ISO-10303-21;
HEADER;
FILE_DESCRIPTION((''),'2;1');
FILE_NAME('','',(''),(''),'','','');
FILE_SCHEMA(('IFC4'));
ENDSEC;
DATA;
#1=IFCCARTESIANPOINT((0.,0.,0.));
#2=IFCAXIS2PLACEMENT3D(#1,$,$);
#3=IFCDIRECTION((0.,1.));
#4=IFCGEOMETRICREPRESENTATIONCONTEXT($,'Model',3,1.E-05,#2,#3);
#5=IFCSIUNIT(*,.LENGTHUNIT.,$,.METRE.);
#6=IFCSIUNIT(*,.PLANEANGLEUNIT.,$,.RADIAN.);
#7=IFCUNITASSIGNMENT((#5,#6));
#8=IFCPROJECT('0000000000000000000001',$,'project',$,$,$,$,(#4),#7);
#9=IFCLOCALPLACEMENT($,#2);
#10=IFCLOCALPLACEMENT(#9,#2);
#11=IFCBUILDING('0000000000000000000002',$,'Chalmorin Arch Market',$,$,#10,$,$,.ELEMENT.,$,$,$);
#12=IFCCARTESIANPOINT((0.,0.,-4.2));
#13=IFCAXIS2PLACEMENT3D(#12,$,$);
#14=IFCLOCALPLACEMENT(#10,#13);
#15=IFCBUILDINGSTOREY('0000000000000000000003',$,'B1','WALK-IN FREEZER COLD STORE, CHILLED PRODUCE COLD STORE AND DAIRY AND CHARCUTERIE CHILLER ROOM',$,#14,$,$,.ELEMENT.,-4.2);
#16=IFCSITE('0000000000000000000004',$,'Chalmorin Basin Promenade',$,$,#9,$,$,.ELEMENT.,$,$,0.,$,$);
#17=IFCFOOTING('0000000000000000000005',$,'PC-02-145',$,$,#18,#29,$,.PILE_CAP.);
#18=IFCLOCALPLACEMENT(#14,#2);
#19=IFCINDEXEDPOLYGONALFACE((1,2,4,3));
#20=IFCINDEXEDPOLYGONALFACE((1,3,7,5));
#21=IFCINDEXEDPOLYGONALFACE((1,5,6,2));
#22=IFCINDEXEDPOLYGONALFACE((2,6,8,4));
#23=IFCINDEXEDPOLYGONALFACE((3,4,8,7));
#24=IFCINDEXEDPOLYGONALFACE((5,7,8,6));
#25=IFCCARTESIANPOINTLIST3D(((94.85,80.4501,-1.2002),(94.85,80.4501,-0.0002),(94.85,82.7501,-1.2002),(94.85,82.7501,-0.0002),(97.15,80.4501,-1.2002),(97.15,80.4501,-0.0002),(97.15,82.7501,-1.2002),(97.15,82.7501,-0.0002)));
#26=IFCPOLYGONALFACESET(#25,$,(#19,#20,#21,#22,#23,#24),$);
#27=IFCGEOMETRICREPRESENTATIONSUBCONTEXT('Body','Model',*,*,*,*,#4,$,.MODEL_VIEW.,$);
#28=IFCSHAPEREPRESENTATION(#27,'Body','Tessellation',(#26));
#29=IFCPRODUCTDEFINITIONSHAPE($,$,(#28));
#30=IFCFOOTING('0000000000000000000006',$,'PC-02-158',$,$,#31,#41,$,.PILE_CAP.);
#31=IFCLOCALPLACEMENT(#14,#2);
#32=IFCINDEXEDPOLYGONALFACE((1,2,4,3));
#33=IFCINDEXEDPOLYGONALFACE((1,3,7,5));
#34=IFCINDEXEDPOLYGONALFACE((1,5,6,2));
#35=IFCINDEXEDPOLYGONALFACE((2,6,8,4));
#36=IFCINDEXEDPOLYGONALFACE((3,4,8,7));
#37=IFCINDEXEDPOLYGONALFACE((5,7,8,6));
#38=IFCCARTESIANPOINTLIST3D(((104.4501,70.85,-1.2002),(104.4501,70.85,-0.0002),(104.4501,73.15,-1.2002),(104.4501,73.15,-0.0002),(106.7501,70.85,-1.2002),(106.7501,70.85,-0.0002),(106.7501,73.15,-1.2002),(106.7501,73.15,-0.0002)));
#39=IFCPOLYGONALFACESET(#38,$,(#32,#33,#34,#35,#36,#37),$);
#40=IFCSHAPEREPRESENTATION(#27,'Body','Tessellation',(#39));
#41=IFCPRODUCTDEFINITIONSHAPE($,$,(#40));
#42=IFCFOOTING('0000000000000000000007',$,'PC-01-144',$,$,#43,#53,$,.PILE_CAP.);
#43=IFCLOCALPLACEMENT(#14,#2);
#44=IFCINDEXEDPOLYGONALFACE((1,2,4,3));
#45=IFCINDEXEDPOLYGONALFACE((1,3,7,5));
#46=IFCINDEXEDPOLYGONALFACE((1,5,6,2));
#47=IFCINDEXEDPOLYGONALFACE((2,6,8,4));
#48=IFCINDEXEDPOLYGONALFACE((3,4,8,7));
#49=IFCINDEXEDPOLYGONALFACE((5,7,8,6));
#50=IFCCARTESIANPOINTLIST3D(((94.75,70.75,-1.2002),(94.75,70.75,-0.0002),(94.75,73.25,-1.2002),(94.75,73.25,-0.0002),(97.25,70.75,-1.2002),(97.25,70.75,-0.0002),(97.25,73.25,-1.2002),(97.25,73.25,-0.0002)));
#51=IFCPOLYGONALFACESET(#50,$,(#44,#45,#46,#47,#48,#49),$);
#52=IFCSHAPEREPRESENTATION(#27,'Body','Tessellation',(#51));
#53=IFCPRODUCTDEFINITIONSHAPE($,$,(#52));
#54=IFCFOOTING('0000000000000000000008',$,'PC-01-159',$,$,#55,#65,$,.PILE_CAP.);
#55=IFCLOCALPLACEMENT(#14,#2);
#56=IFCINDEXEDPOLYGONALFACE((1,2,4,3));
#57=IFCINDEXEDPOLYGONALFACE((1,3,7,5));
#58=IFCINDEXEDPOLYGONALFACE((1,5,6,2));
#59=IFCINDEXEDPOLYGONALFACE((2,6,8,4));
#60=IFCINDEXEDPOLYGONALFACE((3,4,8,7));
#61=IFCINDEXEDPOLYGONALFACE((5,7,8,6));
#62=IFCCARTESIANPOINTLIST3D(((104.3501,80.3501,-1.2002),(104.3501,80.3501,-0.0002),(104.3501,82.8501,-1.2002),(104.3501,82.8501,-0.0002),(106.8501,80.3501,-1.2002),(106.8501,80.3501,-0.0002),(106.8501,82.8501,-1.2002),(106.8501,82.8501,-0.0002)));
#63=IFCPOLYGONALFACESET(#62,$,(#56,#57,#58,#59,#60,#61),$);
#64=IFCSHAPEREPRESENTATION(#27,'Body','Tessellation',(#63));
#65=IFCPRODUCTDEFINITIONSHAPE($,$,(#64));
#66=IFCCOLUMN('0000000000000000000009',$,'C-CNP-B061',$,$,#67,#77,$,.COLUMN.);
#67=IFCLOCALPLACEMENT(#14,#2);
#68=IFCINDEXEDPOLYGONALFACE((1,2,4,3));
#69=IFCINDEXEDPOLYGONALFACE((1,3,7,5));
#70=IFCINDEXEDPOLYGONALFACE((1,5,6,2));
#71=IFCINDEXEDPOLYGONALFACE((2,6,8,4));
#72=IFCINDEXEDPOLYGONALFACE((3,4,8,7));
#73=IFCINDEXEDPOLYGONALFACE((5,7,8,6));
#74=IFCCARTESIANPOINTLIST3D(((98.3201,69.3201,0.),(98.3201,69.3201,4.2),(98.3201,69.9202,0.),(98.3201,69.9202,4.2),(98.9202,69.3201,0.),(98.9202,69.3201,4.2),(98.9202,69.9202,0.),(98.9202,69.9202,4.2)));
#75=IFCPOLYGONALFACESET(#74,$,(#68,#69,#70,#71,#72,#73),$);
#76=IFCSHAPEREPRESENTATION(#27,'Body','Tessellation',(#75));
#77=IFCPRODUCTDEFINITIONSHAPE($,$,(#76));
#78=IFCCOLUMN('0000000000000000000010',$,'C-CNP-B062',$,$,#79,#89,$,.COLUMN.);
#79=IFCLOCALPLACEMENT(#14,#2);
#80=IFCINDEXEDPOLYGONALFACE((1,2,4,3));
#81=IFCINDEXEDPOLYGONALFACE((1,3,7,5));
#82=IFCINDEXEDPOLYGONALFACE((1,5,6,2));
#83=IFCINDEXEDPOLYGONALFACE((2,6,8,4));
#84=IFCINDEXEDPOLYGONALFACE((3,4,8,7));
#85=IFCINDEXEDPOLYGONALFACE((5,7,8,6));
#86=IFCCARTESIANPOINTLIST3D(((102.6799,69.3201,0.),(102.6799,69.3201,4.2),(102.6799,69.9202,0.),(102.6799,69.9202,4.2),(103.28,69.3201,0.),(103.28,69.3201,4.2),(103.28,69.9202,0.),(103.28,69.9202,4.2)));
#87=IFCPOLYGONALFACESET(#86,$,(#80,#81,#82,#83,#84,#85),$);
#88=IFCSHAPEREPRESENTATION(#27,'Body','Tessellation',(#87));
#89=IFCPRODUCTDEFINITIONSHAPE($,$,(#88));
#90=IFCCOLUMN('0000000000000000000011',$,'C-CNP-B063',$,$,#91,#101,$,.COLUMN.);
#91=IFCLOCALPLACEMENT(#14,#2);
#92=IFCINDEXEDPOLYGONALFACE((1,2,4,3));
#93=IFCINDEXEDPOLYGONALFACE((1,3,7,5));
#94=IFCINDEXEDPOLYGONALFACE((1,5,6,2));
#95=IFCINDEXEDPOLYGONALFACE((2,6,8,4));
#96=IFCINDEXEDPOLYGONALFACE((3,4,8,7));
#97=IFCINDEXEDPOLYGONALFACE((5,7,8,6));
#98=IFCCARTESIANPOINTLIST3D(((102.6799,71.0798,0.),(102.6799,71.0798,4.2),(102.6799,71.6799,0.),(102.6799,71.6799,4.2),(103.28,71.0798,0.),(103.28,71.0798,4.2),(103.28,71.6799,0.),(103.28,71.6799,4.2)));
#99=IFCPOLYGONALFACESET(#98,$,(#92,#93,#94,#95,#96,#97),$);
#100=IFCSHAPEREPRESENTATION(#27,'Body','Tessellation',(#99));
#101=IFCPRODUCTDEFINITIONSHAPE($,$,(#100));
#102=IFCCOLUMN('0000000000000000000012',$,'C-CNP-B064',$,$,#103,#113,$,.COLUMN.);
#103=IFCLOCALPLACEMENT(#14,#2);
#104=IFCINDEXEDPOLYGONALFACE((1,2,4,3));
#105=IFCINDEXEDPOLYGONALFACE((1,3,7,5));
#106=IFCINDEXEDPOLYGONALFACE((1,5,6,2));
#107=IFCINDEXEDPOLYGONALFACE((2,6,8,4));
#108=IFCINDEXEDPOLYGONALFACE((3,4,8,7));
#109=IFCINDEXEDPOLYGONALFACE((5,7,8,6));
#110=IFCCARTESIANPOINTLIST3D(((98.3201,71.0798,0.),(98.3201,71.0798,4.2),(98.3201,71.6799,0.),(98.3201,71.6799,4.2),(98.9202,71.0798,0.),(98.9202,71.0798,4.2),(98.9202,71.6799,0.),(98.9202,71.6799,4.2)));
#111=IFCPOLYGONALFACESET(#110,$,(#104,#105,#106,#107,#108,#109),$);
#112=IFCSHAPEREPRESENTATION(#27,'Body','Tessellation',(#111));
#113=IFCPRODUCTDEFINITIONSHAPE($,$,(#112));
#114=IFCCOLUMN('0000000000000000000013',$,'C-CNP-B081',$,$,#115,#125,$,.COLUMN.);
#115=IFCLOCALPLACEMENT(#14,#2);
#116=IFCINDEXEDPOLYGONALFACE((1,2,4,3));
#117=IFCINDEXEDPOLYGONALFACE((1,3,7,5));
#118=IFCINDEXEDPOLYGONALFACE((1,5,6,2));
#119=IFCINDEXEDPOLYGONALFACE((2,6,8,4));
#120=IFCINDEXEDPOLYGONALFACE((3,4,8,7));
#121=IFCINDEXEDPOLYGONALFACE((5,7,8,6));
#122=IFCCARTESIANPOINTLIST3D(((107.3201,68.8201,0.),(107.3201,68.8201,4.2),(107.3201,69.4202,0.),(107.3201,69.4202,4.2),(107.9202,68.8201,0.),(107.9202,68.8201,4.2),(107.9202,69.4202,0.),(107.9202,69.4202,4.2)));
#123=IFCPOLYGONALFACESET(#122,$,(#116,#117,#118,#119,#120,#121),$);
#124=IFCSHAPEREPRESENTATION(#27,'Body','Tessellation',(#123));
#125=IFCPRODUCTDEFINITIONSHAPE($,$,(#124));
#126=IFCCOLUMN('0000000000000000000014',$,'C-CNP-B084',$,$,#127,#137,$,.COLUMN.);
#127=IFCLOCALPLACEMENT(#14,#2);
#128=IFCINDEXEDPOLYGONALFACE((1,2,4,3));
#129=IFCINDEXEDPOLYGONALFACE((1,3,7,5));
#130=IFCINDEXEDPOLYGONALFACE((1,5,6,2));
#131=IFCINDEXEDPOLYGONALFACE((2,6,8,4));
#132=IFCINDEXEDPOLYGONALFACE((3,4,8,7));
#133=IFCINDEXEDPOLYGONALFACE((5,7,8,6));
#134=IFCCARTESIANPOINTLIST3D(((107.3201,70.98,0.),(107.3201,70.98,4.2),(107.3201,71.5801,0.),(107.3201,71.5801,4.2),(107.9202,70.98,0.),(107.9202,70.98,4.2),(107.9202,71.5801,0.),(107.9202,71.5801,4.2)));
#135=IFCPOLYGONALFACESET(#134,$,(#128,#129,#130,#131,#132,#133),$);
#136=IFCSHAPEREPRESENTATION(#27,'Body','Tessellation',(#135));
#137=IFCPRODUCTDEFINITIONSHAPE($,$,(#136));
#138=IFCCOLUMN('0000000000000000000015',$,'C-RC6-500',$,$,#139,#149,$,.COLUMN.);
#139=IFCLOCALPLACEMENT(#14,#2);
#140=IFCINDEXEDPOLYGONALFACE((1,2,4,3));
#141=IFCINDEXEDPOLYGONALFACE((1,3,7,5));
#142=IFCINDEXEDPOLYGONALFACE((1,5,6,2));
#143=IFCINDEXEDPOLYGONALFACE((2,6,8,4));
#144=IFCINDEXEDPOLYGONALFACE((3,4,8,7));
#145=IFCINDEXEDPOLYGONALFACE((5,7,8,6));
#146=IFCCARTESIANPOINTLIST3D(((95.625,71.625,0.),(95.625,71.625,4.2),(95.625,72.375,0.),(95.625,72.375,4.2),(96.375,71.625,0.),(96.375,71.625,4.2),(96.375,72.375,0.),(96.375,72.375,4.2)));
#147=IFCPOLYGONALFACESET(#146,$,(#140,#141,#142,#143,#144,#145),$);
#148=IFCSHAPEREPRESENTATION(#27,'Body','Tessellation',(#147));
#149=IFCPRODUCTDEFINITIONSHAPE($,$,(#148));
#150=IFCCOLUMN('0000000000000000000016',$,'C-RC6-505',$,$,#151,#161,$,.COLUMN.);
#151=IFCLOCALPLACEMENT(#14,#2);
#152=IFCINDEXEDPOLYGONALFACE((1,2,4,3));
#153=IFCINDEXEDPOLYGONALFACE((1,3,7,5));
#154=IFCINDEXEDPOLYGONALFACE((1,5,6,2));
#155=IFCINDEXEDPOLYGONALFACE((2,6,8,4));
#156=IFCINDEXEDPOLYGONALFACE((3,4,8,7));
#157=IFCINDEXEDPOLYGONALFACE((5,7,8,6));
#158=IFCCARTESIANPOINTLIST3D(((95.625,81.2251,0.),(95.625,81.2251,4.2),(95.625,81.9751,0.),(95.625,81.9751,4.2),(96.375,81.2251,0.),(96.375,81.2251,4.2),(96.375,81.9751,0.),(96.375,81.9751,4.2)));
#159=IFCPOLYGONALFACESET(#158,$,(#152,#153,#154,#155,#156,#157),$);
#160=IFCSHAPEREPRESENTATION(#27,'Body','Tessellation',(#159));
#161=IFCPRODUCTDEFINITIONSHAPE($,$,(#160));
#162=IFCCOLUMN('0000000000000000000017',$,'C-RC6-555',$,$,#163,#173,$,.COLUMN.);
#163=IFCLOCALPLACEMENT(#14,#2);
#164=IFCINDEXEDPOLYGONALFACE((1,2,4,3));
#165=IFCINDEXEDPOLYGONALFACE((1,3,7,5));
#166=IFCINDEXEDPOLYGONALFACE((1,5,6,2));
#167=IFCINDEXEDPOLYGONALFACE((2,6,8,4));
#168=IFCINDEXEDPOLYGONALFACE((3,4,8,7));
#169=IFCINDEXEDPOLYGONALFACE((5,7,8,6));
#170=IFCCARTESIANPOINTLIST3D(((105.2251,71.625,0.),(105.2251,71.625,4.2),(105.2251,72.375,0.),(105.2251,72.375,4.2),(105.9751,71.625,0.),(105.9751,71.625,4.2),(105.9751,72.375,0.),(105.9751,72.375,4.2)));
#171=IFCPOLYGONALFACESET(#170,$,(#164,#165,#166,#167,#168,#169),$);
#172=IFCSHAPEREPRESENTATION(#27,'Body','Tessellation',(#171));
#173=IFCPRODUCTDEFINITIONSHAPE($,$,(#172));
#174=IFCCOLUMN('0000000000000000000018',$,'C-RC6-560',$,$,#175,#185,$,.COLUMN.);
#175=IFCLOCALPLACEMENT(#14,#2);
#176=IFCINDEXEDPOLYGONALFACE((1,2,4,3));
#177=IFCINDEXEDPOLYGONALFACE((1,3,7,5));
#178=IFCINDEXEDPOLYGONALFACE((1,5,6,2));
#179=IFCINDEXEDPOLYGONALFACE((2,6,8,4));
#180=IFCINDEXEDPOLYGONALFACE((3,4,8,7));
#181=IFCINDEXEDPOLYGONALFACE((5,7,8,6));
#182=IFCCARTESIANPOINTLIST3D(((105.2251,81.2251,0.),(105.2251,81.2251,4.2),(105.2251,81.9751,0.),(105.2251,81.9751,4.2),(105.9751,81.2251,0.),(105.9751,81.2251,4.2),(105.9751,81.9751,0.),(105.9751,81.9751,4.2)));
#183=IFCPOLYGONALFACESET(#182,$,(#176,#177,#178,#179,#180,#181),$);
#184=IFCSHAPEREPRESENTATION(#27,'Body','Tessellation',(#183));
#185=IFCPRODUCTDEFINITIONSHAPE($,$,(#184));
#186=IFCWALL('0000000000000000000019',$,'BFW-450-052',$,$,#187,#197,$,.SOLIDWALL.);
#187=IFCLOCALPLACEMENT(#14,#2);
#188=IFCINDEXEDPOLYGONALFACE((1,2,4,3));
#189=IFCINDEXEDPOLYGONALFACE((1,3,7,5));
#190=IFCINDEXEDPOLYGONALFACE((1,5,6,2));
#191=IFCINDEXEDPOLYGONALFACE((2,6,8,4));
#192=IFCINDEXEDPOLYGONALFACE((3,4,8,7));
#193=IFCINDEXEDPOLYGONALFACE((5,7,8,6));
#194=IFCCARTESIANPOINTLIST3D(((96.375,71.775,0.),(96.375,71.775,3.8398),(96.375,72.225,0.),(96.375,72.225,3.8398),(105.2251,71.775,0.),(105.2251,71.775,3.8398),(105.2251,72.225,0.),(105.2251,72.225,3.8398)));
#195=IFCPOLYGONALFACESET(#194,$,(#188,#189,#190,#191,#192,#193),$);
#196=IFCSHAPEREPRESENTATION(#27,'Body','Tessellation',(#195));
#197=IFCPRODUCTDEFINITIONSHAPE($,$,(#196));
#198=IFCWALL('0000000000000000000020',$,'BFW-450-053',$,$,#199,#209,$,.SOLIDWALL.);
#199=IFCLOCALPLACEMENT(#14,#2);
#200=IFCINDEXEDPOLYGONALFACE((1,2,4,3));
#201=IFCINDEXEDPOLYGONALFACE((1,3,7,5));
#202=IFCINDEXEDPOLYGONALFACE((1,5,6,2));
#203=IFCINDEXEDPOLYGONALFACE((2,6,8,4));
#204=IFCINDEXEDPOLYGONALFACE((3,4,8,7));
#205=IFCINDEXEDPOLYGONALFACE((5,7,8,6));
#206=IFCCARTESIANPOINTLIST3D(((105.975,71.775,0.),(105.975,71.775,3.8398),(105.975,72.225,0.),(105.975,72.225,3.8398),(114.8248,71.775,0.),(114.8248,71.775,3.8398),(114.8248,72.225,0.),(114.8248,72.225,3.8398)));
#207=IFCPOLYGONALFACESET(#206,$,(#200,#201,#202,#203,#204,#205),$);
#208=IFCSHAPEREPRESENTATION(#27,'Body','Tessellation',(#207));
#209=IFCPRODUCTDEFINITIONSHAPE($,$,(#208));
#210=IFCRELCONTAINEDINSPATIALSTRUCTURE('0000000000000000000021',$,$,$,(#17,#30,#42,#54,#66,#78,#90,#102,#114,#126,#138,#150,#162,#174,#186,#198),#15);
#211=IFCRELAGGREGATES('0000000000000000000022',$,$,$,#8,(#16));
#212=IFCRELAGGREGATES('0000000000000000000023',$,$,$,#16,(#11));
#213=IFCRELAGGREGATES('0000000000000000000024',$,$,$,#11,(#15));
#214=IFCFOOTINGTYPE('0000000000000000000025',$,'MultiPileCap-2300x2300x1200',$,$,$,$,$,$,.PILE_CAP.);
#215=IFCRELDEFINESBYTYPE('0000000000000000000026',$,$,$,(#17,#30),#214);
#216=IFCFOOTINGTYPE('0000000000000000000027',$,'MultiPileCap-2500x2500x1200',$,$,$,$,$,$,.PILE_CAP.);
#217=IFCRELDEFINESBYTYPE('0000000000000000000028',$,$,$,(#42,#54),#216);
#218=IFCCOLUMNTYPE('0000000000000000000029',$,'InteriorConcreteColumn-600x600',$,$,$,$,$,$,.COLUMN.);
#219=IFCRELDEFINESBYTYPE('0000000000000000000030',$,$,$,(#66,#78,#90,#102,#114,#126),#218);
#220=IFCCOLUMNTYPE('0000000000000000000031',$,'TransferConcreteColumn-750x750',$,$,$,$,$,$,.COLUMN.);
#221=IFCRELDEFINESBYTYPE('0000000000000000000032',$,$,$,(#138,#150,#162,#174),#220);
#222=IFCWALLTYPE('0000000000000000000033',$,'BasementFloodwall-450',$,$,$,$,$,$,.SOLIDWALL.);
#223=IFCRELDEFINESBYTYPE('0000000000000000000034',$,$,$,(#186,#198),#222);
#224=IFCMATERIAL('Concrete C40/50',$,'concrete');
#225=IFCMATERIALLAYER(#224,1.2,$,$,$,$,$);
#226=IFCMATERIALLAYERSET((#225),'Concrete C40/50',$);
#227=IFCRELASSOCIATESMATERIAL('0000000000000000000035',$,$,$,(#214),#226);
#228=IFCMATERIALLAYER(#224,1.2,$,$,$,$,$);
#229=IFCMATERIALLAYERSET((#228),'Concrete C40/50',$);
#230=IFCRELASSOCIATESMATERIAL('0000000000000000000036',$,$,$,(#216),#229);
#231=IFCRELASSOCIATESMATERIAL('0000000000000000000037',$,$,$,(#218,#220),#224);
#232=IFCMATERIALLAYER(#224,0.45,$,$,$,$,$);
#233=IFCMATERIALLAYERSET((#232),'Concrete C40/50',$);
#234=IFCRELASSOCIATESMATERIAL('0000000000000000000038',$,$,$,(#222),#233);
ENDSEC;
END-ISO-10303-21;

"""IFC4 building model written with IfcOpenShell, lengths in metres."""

from ifc_helpers import new_model, si_unit, direction, frame, frame_2d, origin, origin_2d, place, context, subcontext, project, spatial, rectangle, extrude, material, layer, layer_set, material_profile, profile_set, type_object, element, save


model = new_model("IFC4")

# Units and contexts
model_context = context("Model", 3, precision=1e-05, world=origin(), true_north=direction((0.0, 1.0)))
body_context = subcontext(model_context, "Body", "Model", "MODEL_VIEW")
ifc_project = project(units=[si_unit("LENGTHUNIT", "METRE"), si_unit("PLANEANGLEUNIT", "RADIAN")], contexts=[model_context])

# Site, building, storey
site_placement = place(None, origin())
site = spatial("IfcSite", under=ifc_project, at=site_placement, Name="Chalmorin Basin Promenade", CompositionType="ELEMENT", RefElevation=0.0)
building_placement = place(site_placement, origin())
building = spatial("IfcBuilding", under=site, at=building_placement, Name="Chalmorin Arch Market", CompositionType="ELEMENT")
storey_placement = place(building_placement, frame((0.0, 0.0, -4.2)))
storey = spatial("IfcBuildingStorey", under=building, at=storey_placement, Name="B1", Description="WALK-IN FREEZER COLD STORE, CHILLED PRODUCE COLD STORE AND DAIRY AND CHARCUTERIE CHILLER ROOM", CompositionType="ELEMENT", Elevation=-4.2)

# Footings
ifc_material_1 = material(Name="Concrete C40/50", Category="concrete")
ifc_layer_1 = layer(ifc_material_1, 1.2)
ifc_layer_set_1 = layer_set([ifc_layer_1], Name="Concrete C40/50")
footing_type_1 = type_object("IfcFootingType", Name="MultiPileCap-2300x2300x1200", PredefinedType="PILE_CAP", material=ifc_layer_set_1)
for number, where, z_axis, x_axis, name in (
    (1, (96.0, 81.6001, -1.2002), (0.0, 0.0, 1.0), (1.0, 0.0, 0.0), "PC-02-145"),
    (2, (105.6001, 72.0, -1.2002), (0.0, 0.0, 1.0), (1.0, 0.0, 0.0), "PC-02-158"),
):
    element("IfcFooting", number, at=place(storey_placement, frame(where, z_axis=z_axis, x_axis=x_axis)), inside=storey, type_object=footing_type_1, Name=name, PredefinedType="PILE_CAP", context=body_context, shape_type="SweptSolid", body=[
        extrude(rectangle(XDim=2.3, YDim=2.3, at=origin_2d()), origin(), (0.0, 0.0, 1.0), 1.2),
    ])
ifc_layer_2 = layer(ifc_material_1, 1.2)
ifc_layer_set_2 = layer_set([ifc_layer_2], Name="Concrete C40/50")
footing_type_2 = type_object("IfcFootingType", Name="MultiPileCap-2500x2500x1200", PredefinedType="PILE_CAP", material=ifc_layer_set_2)
for number, where, z_axis, x_axis, name in (
    (3, (96.0, 72.0, -1.2002), (0.0, 0.0, 1.0), (1.0, 0.0, 0.0), "PC-01-144"),
    (4, (105.6001, 81.6001, -1.2002), (0.0, 0.0, 1.0), (1.0, 0.0, 0.0), "PC-01-159"),
):
    element("IfcFooting", number, at=place(storey_placement, frame(where, z_axis=z_axis, x_axis=x_axis)), inside=storey, type_object=footing_type_2, Name=name, PredefinedType="PILE_CAP", context=body_context, shape_type="SweptSolid", body=[
        extrude(rectangle(XDim=2.5, YDim=2.5, at=origin_2d()), origin(), (0.0, 0.0, 1.0), 1.2),
    ])

# Columns
ifc_material_profile_1 = material_profile(ifc_material_1, rectangle(XDim=0.6001, YDim=0.6001, at=origin_2d()), Name="RC600X600")
ifc_profile_set_1 = profile_set([ifc_material_profile_1], Name="Concrete C40/50")
column_type_1 = type_object("IfcColumnType", Name="InteriorConcreteColumn-600x600", PredefinedType="COLUMN", material=ifc_profile_set_1)
for number, where, z_axis, x_axis, name in (
    (5, (98.6201, 69.6201, 0.0), (0.0, 0.0, 1.0), (1.0, 0.0, 0.0), "C-CNP-B061"),
    (6, (102.98, 69.6201, 0.0), (0.0, 0.0, 1.0), (1.0, 0.0, 0.0), "C-CNP-B062"),
    (7, (102.98, 71.3799, 0.0), (0.0, 0.0, 1.0), (1.0, 0.0, 0.0), "C-CNP-B063"),
    (8, (98.6201, 71.3799, 0.0), (0.0, 0.0, 1.0), (1.0, 0.0, 0.0), "C-CNP-B064"),
    (9, (107.6201, 69.1201, 0.0), (0.0, 0.0, 1.0), (1.0, 0.0, 0.0), "C-CNP-B081"),
    (10, (107.6201, 71.28, 0.0), (0.0, 0.0, 1.0), (1.0, 0.0, 0.0), "C-CNP-B084"),
):
    element("IfcColumn", number, at=place(storey_placement, frame(where, z_axis=z_axis, x_axis=x_axis)), inside=storey, type_object=column_type_1, Name=name, PredefinedType="COLUMN", context=body_context, shape_type="SweptSolid", body=[
        extrude(rectangle(XDim=0.6001, YDim=0.6001, at=origin_2d()), origin(), (0.0, 0.0, 1.0), 4.2),
    ])
ifc_material_profile_2 = material_profile(ifc_material_1, rectangle(XDim=0.75, YDim=0.75, at=origin_2d()), Name="RC750X750")
ifc_profile_set_2 = profile_set([ifc_material_profile_2], Name="Concrete C40/50")
column_type_2 = type_object("IfcColumnType", Name="TransferConcreteColumn-750x750", PredefinedType="COLUMN", material=ifc_profile_set_2)
for number, where, z_axis, x_axis, name in (
    (11, (96.0, 72.0, 0.0), (0.0, 0.0, 1.0), (1.0, 0.0, 0.0), "C-RC6-500"),
    (12, (96.0, 81.6001, 0.0), (0.0, 0.0, 1.0), (1.0, 0.0, 0.0), "C-RC6-505"),
    (13, (105.6001, 72.0, 0.0), (0.0, 0.0, 1.0), (1.0, 0.0, 0.0), "C-RC6-555"),
    (14, (105.6001, 81.6001, 0.0), (0.0, 0.0, 1.0), (1.0, 0.0, 0.0), "C-RC6-560"),
):
    element("IfcColumn", number, at=place(storey_placement, frame(where, z_axis=z_axis, x_axis=x_axis)), inside=storey, type_object=column_type_2, Name=name, PredefinedType="COLUMN", context=body_context, shape_type="SweptSolid", body=[
        extrude(rectangle(XDim=0.75, YDim=0.75, at=origin_2d()), origin(), (0.0, 0.0, 1.0), 4.2),
    ])

# Walls
ifc_layer_3 = layer(ifc_material_1, 0.45)
ifc_layer_set_3 = layer_set([ifc_layer_3], Name="Concrete C40/50")
wall_type_1 = type_object("IfcWallType", Name="BasementFloodwall-450", PredefinedType="SOLIDWALL", material=ifc_layer_set_3)
wall_1_placement = place(storey_placement, frame((96.375, 72.0, 0.0), z_axis=(0.0, 0.0, 1.0), x_axis=(1.0, 0.0, 0.0)))
element("IfcWall", 15, at=wall_1_placement, inside=storey, type_object=wall_type_1, Name="BFW-450-052", PredefinedType="SOLIDWALL", context=body_context, shape_type="SweptSolid", body=[
    extrude(rectangle(XDim=8.8501, YDim=0.45, at=frame_2d((4.425, 0.0))), origin(), (0.0, 0.0, 1.0), 3.8398),
])
wall_2_placement = place(storey_placement, frame((105.9751, 72.0, 0.0), z_axis=(0.0, 0.0, 1.0), x_axis=(1.0, 0.0, 0.0)))
element("IfcWall", 16, at=wall_2_placement, inside=storey, type_object=wall_type_1, Name="BFW-450-053", PredefinedType="SOLIDWALL", context=body_context, shape_type="SweptSolid", body=[
    extrude(rectangle(XDim=8.8499, YDim=0.45, at=frame_2d((4.4248, 0.0))), origin(), (0.0, 0.0, 1.0), 3.8398),
])

save(model, "model.ifc")
